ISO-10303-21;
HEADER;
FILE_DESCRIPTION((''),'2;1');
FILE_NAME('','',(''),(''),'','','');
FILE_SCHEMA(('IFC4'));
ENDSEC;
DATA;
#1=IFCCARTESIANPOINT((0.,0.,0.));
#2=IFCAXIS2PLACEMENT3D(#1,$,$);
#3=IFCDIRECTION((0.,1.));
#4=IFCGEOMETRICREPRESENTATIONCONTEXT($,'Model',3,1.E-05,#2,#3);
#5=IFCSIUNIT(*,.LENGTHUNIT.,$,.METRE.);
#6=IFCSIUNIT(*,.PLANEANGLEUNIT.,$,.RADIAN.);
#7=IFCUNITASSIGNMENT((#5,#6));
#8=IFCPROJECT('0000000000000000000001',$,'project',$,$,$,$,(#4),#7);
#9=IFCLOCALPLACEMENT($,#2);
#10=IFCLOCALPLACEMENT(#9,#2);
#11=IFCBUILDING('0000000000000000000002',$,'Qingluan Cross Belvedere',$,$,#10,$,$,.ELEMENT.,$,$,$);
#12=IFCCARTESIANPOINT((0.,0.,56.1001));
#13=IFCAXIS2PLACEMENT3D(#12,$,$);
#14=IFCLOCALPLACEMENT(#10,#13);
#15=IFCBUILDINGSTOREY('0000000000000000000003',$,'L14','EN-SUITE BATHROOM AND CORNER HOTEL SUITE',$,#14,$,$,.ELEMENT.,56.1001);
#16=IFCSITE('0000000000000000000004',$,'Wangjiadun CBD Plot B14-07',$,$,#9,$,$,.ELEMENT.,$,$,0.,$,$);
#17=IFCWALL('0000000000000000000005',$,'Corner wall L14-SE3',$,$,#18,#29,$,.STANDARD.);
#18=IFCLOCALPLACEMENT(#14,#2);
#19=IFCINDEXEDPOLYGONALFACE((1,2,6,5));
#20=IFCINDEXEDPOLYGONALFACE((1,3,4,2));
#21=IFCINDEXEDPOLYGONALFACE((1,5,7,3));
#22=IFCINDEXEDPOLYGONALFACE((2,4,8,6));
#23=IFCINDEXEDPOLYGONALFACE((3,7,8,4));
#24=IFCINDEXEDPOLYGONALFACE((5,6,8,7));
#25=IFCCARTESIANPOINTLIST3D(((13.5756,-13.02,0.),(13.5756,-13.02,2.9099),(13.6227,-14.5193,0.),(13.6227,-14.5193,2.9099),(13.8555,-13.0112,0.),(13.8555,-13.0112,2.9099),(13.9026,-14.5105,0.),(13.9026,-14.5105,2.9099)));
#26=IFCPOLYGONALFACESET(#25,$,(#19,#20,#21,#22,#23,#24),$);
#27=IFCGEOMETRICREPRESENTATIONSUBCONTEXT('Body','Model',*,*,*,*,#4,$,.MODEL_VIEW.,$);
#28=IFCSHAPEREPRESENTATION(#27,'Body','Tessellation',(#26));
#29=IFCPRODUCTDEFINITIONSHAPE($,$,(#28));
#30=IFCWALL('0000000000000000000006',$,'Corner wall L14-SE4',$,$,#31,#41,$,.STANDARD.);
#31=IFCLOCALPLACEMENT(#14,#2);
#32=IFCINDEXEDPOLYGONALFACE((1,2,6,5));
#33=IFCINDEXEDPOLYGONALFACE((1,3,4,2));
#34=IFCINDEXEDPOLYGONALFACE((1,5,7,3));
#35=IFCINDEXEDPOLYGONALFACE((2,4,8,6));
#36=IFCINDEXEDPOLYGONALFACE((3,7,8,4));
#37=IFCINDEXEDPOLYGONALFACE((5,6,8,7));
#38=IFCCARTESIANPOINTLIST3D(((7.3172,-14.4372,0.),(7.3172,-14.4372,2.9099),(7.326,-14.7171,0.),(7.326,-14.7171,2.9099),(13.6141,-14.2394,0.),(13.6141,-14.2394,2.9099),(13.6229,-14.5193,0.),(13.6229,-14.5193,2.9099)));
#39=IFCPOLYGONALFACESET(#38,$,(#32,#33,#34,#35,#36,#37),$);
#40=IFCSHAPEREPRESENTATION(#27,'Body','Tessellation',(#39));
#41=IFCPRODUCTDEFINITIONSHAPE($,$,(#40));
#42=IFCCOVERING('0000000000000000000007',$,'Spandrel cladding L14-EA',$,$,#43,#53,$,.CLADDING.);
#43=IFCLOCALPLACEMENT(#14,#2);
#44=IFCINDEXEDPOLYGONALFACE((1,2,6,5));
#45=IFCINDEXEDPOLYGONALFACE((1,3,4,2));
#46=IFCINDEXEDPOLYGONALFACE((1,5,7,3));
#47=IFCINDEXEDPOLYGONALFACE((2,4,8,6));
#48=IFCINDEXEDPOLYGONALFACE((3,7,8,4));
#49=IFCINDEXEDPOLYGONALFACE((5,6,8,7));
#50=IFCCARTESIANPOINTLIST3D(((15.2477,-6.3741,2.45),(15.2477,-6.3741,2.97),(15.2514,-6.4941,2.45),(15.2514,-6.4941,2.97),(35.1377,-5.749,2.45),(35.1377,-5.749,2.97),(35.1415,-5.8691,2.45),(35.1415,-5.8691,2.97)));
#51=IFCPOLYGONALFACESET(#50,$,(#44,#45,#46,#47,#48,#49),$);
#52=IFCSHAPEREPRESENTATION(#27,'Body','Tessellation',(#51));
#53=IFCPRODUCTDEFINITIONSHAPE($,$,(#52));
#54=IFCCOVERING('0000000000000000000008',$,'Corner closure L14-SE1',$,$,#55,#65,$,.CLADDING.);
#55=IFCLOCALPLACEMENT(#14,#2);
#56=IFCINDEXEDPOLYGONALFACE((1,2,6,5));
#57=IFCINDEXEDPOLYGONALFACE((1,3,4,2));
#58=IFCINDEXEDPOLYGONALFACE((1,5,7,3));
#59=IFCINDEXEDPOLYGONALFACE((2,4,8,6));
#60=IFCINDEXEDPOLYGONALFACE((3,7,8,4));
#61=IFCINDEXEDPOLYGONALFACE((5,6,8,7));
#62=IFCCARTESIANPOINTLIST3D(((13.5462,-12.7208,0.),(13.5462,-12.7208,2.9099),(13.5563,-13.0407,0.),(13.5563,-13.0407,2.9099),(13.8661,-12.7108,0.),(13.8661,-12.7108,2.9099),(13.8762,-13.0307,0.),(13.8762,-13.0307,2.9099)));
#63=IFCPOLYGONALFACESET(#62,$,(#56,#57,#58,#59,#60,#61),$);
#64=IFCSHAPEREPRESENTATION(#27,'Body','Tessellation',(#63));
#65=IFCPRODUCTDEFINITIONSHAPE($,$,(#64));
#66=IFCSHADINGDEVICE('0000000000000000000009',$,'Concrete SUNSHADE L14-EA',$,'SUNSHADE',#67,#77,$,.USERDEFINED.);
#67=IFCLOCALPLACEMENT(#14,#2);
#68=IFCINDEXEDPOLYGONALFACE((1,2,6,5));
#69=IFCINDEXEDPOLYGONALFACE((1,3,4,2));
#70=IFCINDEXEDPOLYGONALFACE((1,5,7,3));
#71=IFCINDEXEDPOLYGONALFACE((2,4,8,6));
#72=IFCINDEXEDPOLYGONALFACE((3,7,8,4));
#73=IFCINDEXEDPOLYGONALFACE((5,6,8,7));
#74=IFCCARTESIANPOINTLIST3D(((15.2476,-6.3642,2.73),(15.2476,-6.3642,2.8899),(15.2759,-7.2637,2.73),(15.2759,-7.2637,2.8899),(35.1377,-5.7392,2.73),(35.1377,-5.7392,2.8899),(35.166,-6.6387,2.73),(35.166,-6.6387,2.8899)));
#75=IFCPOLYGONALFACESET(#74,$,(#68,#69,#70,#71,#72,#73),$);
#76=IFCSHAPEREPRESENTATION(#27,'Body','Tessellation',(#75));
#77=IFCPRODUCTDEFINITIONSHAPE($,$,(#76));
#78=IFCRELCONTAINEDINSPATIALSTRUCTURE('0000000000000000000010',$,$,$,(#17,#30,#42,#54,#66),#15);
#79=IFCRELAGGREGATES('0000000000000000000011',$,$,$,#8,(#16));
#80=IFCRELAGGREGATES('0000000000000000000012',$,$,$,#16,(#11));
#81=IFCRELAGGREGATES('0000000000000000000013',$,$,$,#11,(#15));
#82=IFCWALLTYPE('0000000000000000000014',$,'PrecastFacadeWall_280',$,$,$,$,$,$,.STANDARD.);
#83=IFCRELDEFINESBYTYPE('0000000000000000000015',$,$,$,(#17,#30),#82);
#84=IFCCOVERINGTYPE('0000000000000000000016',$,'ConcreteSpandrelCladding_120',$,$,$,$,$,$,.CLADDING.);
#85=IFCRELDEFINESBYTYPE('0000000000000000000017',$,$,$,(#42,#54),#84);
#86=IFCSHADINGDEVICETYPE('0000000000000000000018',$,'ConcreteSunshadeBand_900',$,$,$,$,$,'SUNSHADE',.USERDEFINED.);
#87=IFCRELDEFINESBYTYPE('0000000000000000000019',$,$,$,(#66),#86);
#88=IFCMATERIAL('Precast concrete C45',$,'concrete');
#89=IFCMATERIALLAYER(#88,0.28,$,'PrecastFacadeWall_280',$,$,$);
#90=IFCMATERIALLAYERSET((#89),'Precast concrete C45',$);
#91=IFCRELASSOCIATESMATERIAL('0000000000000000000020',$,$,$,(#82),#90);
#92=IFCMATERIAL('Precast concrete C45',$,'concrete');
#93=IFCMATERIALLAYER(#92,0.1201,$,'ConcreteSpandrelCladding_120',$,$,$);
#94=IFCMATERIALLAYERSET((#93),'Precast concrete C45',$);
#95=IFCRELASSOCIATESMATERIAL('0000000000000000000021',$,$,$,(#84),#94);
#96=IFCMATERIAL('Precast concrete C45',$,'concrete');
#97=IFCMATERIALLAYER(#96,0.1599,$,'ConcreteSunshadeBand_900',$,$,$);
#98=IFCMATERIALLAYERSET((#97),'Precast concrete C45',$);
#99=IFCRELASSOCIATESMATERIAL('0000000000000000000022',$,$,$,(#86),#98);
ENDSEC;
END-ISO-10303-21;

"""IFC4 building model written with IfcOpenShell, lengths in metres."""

from ifc_helpers import new_model, si_unit, direction, frame, frame_2d, origin, origin_2d, place, context, subcontext, project, spatial, rectangle, extrude, material, layer, layer_set, type_object, element, save


model = new_model("IFC4")

# Units and contexts
model_context = context("Model", 3, precision=1e-05, world=origin(), true_north=direction((0.0, 1.0)))
body_context = subcontext(model_context, "Body", "Model", "MODEL_VIEW")
ifc_project = project(units=[si_unit("LENGTHUNIT", "METRE"), si_unit("PLANEANGLEUNIT", "RADIAN")], contexts=[model_context])

# Site, building, storey
site_placement = place(None, origin())
site = spatial("IfcSite", under=ifc_project, at=site_placement, Name="Wangjiadun CBD Plot B14-07", CompositionType="ELEMENT", RefElevation=0.0)
building_placement = place(site_placement, origin())
building = spatial("IfcBuilding", under=site, at=building_placement, Name="Qingluan Cross Belvedere", CompositionType="ELEMENT")
storey_placement = place(building_placement, frame((0.0, 0.0, 56.1001)))
storey = spatial("IfcBuildingStorey", under=building, at=storey_placement, Name="L14", Description="EN-SUITE BATHROOM AND CORNER HOTEL SUITE", CompositionType="ELEMENT", Elevation=56.1001)

# Shared definitions
ifc_material_1 = material(Name="Precast concrete C45", Category="concrete")
ifc_layer_1 = layer(ifc_material_1, 0.28, Name="PrecastFacadeWall_280")
ifc_layer_set_1 = layer_set([ifc_layer_1], Name="Precast concrete C45")
wall_type_1 = type_object("IfcWallType", Name="PrecastFacadeWall_280", PredefinedType="STANDARD", material=ifc_layer_set_1)

# Walls
wall_1_placement = place(storey_placement, frame((13.7156, -13.0156, 0.0), z_axis=(0.0, 0.0, 1.0), x_axis=(0.031413, -0.999507, 0.0)))
element("IfcWall", 1, at=wall_1_placement, inside=storey, type_object=wall_type_1, Name="Corner wall L14-SE3", PredefinedType="STANDARD", context=body_context, shape_type="SweptSolid", body=[
    extrude(rectangle(XDim=1.5, YDim=0.28, at=frame_2d((0.75, 0.0))), origin(), (0.0, 0.0, 1.0), 2.9099),
])
wall_2_placement = place(storey_placement, frame((13.6184, -14.3794, 0.0), z_axis=(0.0, 0.0, 1.0), x_axis=(-0.999507, -0.03139, 0.0)))
element("IfcWall", 2, at=wall_2_placement, inside=storey, type_object=wall_type_1, Name="Corner wall L14-SE4", PredefinedType="STANDARD", context=body_context, shape_type="SweptSolid", body=[
    extrude(rectangle(XDim=6.3, YDim=0.28, at=frame_2d((3.1499, 0.0))), origin(), (0.0, 0.0, 1.0), 2.9099),
])

# Coverings
ifc_material_2 = material(Name="Precast concrete C45", Category="concrete")
ifc_layer_2 = layer(ifc_material_2, 0.1201, Name="ConcreteSpandrelCladding_120")
ifc_layer_set_2 = layer_set([ifc_layer_2], Name="Precast concrete C45")
covering_type = type_object("IfcCoveringType", Name="ConcreteSpandrelCladding_120", PredefinedType="CLADDING", material=ifc_layer_set_2)
covering_1_placement = place(storey_placement, frame((25.1946, -6.1216, 2.45), z_axis=(0.0, 0.0, 1.0), x_axis=(0.999507, 0.031408, 0.0)))
element("IfcCovering", 3, at=covering_1_placement, inside=storey, type_object=covering_type, Name="Spandrel cladding L14-EA", PredefinedType="CLADDING", context=body_context, shape_type="SweptSolid", body=[
    extrude(rectangle(XDim=19.8999, YDim=0.1201, at=origin_2d()), origin(), (0.0, 0.0, 1.0), 0.52),
])
covering_2_placement = place(storey_placement, frame((13.7112, -12.8757, 0.0), z_axis=(0.0, 0.0, 1.0), x_axis=(0.999507, 0.031411, 0.0)))
element("IfcCovering", 4, at=covering_2_placement, inside=storey, type_object=covering_type, Name="Corner closure L14-SE1", PredefinedType="CLADDING", context=body_context, shape_type="SweptSolid", body=[
    extrude(rectangle(XDim=0.3201, YDim=0.3201, at=origin_2d()), origin(), (0.0, 0.0, 1.0), 2.9099),
])

# Shading device
ifc_material_3 = material(Name="Precast concrete C45", Category="concrete")
ifc_layer_3 = layer(ifc_material_3, 0.1599, Name="ConcreteSunshadeBand_900")
ifc_layer_set_3 = layer_set([ifc_layer_3], Name="Precast concrete C45")
shading_device_type = type_object("IfcShadingDeviceType", Name="ConcreteSunshadeBand_900", ElementType="SUNSHADE", PredefinedType="USERDEFINED", material=ifc_layer_set_3)
shading_device_placement = place(storey_placement, frame((25.2068, -6.5015, 2.73), z_axis=(0.0, 0.0, 1.0), x_axis=(0.999507, 0.031408, 0.0)))
element("IfcShadingDevice", 5, at=shading_device_placement, inside=storey, type_object=shading_device_type, Name="Concrete SUNSHADE L14-EA", ObjectType="SUNSHADE", PredefinedType="USERDEFINED", context=body_context, shape_type="SweptSolid", body=[
    extrude(rectangle(XDim=19.8999, YDim=0.8999, at=origin_2d()), origin(), (0.0, 0.0, 1.0), 0.1599),
])

save(model, "model.ifc")
